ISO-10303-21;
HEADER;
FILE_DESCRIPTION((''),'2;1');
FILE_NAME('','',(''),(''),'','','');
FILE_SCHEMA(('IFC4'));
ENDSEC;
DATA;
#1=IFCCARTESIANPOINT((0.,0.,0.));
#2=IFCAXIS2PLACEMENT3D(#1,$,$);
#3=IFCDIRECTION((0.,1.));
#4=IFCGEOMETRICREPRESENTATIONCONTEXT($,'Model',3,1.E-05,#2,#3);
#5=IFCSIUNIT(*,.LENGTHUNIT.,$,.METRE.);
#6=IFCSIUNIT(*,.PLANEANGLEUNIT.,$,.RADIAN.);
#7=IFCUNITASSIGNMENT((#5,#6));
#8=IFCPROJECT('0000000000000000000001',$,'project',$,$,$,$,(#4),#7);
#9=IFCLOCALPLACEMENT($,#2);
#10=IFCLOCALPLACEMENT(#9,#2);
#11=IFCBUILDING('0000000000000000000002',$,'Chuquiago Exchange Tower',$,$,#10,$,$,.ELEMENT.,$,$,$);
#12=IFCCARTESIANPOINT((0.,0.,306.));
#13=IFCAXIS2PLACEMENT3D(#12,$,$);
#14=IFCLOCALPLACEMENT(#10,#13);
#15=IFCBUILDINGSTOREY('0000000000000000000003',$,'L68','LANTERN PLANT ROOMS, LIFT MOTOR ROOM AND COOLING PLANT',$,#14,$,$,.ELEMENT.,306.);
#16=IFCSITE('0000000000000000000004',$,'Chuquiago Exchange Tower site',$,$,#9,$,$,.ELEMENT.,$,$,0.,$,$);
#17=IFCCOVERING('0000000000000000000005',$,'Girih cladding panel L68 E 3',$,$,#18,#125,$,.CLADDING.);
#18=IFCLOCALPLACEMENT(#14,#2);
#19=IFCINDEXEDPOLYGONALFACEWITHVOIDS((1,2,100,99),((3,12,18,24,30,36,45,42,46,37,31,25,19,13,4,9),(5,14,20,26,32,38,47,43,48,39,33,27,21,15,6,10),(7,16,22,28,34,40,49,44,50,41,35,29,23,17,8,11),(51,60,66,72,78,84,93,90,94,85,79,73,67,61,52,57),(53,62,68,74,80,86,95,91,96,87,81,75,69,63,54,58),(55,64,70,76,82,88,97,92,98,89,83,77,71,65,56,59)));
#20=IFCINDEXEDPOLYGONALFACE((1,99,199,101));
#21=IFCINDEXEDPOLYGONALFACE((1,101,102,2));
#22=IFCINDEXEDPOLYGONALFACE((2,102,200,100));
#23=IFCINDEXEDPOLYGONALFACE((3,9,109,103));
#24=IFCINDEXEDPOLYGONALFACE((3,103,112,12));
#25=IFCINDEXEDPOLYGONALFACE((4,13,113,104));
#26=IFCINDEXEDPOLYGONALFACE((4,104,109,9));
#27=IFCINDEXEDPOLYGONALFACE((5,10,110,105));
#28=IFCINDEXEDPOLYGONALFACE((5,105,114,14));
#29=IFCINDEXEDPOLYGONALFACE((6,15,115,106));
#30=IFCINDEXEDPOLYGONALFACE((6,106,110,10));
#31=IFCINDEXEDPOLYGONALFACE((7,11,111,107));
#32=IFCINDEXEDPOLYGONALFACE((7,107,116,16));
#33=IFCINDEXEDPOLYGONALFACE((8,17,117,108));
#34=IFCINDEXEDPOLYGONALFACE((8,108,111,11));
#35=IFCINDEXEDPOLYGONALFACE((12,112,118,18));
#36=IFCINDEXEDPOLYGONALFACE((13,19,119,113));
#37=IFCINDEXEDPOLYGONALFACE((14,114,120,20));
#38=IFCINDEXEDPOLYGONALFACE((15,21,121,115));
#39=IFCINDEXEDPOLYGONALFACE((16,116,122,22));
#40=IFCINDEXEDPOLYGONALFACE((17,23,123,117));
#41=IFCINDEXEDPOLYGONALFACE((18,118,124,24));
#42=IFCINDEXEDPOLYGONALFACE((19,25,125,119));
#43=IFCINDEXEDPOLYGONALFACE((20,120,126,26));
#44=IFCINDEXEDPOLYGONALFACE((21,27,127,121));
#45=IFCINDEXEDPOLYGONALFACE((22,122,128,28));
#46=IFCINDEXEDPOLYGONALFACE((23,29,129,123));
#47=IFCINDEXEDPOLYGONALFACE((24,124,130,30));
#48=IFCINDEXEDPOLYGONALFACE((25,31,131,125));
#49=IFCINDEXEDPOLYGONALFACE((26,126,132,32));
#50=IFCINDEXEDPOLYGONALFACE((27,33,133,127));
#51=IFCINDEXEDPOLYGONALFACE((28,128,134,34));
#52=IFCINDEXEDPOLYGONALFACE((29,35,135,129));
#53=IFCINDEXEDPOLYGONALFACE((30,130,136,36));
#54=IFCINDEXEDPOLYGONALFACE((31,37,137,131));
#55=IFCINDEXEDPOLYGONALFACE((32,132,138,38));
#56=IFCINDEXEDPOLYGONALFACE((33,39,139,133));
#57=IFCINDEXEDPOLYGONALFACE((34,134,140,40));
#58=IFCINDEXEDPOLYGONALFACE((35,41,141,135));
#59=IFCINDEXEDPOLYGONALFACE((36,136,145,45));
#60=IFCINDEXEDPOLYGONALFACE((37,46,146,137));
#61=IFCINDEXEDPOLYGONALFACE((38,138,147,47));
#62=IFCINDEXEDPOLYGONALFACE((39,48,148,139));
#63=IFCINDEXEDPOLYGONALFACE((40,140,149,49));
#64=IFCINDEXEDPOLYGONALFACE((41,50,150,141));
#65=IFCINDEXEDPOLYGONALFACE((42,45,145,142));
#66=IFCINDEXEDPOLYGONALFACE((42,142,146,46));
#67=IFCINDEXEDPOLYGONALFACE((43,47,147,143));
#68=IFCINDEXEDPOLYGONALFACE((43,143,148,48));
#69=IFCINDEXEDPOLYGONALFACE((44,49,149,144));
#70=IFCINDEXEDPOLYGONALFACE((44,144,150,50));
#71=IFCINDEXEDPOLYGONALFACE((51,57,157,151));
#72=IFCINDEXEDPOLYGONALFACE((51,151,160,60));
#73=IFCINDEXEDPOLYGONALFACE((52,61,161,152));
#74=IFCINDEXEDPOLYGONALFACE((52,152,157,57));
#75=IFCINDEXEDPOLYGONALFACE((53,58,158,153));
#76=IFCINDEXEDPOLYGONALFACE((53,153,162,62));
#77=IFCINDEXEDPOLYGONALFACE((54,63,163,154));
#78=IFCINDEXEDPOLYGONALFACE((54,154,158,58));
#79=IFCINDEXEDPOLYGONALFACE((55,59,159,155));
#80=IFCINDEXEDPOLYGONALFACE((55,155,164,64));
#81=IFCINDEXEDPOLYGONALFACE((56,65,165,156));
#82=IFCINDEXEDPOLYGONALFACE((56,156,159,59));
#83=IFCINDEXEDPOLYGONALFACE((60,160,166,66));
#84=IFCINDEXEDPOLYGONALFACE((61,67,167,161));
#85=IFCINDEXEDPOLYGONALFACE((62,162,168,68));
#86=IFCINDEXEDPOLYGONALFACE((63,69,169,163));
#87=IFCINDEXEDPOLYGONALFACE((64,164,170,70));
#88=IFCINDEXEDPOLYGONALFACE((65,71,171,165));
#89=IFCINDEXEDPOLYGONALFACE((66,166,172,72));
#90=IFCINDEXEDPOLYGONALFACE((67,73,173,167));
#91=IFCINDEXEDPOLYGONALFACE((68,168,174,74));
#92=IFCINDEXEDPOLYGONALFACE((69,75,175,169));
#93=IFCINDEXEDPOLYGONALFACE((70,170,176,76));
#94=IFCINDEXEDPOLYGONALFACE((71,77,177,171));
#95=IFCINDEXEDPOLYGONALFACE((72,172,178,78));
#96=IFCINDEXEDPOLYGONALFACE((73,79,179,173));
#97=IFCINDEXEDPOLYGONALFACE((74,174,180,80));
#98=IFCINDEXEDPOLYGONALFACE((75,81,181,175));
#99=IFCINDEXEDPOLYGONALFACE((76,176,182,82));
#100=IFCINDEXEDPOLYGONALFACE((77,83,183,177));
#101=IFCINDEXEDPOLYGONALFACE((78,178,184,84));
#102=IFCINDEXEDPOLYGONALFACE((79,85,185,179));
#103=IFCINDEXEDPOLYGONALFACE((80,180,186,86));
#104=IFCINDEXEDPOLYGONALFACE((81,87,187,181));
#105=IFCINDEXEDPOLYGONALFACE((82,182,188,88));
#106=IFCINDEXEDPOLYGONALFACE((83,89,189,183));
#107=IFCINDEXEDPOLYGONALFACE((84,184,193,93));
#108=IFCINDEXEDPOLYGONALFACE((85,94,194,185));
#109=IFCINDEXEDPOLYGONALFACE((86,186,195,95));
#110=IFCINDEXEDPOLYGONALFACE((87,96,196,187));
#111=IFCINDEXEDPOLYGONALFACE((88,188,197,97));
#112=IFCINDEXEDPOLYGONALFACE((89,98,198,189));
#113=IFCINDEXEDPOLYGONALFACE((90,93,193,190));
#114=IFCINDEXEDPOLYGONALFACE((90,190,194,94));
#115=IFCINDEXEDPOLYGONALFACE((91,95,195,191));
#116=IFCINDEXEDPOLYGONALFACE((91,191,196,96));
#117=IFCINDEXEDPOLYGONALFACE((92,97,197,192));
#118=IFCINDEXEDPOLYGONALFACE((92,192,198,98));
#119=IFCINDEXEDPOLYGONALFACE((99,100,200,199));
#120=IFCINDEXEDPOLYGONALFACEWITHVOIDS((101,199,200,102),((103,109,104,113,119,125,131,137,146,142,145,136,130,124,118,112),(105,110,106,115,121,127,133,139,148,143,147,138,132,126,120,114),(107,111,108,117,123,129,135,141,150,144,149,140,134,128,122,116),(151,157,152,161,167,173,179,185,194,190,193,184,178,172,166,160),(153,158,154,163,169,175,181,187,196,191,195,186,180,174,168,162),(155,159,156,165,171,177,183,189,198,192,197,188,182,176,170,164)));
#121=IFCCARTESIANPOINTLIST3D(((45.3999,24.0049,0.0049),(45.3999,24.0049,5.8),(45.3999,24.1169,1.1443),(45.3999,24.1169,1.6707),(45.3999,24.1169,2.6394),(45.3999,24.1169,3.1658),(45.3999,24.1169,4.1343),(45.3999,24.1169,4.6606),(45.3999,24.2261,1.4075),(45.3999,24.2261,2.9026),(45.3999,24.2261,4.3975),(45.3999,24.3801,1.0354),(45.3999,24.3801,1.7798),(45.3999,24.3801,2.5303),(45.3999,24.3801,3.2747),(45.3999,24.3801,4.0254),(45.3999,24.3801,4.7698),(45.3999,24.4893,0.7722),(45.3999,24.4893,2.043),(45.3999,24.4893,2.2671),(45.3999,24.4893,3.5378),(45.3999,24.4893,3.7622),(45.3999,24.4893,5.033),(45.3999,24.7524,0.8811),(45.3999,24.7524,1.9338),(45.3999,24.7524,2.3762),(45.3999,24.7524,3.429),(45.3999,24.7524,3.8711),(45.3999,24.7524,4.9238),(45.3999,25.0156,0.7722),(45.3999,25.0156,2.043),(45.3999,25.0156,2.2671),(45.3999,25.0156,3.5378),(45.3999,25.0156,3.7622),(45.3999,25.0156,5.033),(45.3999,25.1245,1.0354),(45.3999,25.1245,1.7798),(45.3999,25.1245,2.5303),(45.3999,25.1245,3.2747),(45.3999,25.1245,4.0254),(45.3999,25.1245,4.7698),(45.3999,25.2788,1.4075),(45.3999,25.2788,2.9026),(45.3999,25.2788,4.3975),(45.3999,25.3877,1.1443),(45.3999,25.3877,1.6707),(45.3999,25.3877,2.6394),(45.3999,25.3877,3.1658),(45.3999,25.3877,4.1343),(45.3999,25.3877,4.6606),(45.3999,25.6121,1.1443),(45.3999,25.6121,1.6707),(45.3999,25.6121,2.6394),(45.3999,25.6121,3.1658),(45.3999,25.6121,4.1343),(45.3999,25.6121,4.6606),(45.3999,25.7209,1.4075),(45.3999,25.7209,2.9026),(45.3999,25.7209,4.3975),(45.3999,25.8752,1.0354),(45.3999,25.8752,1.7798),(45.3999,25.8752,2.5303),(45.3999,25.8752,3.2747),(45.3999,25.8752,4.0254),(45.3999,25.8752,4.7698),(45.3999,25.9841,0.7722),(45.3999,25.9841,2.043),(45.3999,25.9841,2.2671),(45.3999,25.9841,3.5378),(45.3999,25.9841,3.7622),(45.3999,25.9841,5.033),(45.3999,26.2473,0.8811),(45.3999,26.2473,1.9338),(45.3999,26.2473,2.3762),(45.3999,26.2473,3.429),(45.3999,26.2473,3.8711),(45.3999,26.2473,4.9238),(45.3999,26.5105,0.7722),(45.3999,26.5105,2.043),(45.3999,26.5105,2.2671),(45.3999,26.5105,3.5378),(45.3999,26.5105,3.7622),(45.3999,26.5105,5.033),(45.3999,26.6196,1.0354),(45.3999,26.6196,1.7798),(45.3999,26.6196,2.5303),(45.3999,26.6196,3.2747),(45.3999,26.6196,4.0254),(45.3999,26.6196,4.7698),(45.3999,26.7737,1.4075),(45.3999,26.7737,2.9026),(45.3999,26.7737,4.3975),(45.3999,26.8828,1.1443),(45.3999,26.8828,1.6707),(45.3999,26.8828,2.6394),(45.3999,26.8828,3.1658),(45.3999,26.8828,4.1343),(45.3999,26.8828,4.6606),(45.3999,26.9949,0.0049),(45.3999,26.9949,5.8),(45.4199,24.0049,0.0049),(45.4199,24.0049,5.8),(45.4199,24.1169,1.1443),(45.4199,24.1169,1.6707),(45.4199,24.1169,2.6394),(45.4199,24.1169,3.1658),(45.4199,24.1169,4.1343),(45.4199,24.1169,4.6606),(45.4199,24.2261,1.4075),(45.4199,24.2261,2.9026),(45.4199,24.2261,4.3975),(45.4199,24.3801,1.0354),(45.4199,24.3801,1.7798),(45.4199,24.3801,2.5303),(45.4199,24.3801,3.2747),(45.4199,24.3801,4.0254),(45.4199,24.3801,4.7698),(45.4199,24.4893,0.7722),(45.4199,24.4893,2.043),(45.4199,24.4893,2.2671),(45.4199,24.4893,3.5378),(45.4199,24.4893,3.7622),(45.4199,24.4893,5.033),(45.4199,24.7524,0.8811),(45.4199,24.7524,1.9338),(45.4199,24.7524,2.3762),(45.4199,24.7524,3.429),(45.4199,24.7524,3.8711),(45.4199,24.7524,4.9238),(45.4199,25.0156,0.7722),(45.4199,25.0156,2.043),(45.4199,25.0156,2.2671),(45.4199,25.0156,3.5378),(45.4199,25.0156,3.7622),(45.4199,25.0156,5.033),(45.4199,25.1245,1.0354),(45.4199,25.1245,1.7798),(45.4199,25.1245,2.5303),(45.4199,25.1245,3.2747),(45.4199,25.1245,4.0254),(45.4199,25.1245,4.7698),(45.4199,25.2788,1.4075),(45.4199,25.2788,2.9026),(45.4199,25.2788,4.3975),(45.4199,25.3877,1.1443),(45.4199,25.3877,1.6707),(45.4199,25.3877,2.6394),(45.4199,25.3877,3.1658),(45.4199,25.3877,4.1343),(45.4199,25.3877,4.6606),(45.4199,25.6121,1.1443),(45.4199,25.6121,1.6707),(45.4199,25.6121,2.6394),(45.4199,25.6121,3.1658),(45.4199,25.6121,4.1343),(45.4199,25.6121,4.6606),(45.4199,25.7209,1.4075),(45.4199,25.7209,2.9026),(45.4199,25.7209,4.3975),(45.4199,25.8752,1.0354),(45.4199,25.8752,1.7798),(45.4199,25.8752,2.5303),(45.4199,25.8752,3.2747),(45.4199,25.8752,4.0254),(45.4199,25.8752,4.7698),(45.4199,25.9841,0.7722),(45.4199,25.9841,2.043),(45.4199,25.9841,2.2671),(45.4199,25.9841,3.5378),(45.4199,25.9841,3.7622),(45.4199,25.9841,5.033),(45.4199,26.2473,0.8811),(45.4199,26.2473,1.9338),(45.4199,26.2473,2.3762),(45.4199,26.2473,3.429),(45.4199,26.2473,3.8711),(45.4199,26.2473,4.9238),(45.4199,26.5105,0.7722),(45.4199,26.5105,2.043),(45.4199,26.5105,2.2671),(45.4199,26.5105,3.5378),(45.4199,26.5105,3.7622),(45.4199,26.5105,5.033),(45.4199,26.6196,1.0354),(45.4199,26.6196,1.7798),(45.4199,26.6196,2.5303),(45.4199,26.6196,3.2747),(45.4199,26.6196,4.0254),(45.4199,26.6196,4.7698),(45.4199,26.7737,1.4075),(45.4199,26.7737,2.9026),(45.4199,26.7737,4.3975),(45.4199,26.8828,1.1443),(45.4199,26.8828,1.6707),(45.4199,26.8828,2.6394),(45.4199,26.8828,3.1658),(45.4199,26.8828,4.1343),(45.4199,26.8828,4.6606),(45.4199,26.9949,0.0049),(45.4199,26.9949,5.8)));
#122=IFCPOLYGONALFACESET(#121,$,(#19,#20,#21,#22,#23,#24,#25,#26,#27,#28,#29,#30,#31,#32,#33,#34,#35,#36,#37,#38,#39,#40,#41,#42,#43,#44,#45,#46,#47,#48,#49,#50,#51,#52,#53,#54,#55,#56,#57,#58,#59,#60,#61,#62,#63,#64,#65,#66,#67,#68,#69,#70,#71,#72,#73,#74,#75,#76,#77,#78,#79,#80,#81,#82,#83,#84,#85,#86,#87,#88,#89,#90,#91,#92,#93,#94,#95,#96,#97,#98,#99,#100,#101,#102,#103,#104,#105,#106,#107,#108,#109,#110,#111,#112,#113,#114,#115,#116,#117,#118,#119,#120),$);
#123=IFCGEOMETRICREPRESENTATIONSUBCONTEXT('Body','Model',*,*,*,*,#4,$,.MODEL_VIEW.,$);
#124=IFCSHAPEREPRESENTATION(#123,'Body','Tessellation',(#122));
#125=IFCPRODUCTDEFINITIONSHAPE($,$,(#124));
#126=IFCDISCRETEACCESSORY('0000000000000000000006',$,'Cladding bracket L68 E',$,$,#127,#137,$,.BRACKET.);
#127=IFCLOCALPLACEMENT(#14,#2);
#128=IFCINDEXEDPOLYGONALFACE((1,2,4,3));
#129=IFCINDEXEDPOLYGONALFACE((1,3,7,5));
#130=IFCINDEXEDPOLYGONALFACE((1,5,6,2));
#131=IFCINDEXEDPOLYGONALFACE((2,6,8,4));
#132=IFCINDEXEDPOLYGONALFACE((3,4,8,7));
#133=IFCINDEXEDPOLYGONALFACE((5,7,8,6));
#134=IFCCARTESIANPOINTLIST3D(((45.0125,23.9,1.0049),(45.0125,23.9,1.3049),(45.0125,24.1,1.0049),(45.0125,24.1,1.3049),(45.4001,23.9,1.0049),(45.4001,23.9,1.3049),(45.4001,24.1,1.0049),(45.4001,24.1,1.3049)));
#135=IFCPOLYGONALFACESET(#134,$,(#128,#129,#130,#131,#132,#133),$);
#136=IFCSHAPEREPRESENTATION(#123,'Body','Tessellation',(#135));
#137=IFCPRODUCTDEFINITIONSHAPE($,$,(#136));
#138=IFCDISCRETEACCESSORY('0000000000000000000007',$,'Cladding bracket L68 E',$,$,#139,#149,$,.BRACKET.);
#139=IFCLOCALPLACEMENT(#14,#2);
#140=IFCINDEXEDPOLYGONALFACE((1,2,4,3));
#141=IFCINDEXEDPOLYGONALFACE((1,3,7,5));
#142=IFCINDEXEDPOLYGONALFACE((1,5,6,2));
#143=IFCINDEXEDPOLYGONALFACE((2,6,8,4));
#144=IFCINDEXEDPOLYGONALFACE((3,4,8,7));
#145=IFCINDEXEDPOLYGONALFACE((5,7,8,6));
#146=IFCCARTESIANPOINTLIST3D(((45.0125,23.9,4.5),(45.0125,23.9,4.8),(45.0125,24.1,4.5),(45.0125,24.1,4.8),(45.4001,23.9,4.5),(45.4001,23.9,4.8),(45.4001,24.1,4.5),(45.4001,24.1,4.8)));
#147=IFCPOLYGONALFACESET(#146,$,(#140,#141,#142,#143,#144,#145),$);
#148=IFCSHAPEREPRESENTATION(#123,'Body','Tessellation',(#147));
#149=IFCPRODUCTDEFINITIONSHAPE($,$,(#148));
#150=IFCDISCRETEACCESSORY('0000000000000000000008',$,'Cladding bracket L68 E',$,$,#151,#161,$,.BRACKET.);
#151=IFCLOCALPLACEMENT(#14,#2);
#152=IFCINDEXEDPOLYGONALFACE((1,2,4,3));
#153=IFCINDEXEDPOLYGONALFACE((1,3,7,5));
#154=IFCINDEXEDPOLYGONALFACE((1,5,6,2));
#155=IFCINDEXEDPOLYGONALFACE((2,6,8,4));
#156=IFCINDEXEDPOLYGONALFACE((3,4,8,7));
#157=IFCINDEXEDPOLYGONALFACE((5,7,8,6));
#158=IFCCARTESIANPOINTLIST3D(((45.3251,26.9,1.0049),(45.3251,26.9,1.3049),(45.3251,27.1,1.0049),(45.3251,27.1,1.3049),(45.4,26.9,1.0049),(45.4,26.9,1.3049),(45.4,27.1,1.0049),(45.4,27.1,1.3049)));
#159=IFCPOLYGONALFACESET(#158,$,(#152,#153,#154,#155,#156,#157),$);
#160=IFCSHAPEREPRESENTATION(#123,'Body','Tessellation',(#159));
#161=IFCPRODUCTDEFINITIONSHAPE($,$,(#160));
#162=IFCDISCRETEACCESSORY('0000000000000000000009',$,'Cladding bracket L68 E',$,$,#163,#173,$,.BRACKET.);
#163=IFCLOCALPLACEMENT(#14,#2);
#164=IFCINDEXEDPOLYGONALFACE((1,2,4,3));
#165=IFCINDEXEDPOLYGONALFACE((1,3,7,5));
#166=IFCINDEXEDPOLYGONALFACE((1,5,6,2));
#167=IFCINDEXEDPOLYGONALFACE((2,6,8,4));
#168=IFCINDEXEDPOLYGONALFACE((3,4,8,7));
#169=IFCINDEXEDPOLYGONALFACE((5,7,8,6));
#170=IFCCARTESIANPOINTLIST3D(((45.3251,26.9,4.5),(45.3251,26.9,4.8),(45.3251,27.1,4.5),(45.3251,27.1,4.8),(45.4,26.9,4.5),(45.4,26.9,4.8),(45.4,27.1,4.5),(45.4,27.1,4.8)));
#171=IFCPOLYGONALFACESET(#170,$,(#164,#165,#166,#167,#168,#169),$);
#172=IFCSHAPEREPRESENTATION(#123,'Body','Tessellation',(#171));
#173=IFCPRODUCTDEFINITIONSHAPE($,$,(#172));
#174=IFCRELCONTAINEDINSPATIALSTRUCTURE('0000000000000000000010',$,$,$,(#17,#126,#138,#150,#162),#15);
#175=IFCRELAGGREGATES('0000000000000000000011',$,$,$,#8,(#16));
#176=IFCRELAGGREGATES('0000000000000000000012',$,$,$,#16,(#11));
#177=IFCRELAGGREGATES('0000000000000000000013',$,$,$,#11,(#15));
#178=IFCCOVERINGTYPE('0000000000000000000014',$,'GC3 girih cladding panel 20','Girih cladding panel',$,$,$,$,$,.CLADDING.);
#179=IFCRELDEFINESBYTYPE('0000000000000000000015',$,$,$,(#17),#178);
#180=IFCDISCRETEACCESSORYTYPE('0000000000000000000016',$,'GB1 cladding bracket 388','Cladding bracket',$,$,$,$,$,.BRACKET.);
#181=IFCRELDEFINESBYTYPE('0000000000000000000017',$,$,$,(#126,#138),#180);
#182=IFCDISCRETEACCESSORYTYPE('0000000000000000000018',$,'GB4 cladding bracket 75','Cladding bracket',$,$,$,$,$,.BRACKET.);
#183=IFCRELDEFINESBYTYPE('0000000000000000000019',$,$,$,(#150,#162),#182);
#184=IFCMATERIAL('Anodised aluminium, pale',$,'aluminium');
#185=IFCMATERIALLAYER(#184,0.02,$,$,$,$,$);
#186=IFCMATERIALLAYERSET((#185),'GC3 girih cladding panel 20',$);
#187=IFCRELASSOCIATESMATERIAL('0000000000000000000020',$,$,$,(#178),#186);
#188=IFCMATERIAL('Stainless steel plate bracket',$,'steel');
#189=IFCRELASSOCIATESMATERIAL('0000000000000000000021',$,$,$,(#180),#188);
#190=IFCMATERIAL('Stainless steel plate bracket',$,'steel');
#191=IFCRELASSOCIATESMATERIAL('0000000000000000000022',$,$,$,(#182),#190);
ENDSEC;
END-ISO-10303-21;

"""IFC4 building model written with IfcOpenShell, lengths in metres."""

from ifc_helpers import new_model, si_unit, direction, frame, origin, origin_2d, place, context, subcontext, project, spatial, polyline, rectangle, outline, extrude, material, layer, layer_set, type_object, element, save


model = new_model("IFC4")

# Units and contexts
model_context = context("Model", 3, precision=1e-05, world=origin(), true_north=direction((0.0, 1.0)))
body_context = subcontext(model_context, "Body", "Model", "MODEL_VIEW")
ifc_project = project(units=[si_unit("LENGTHUNIT", "METRE"), si_unit("PLANEANGLEUNIT", "RADIAN")], contexts=[model_context])

# Site, building, storey
site_placement = place(None, origin())
site = spatial("IfcSite", under=ifc_project, at=site_placement, Name="Chuquiago Exchange Tower site", CompositionType="ELEMENT", RefElevation=0.0)
building_placement = place(site_placement, origin())
building = spatial("IfcBuilding", under=site, at=building_placement, Name="Chuquiago Exchange Tower", CompositionType="ELEMENT")
storey_placement = place(building_placement, frame((0.0, 0.0, 306.0)))
storey = spatial("IfcBuildingStorey", under=building, at=storey_placement, Name="L68", Description="LANTERN PLANT ROOMS, LIFT MOTOR ROOM AND COOLING PLANT", CompositionType="ELEMENT", Elevation=306.0)

# Covering
ifc_material_1 = material(Name="Anodised aluminium, pale", Category="aluminium")
ifc_layer_1 = layer(ifc_material_1, 0.02)
ifc_layer_set_1 = layer_set([ifc_layer_1], Name="GC3 girih cladding panel 20")
covering_type_1 = type_object("IfcCoveringType", Name="GC3 girih cladding panel 20", Description="Girih cladding panel", PredefinedType="CLADDING", material=ifc_layer_set_1)
covering_1_placement = place(storey_placement, frame((45.3999, 24.0049, 0.0049), z_axis=(0.0, 0.0, 1.0), x_axis=(0.0, 1.0, 0.0)))
element("IfcCovering", 1, at=covering_1_placement, inside=storey, type_object=covering_type_1, Name="Girih cladding panel L68 E 3", PredefinedType="CLADDING", context=body_context, shape_type="SweptSolid", body=[
    extrude(outline(polyline([(0.0, 0.0), (2.99, 0.0), (2.99, 5.7952), (0.0, 5.7952), (0.0, 0.0)]), holes=[polyline([(1.2739, 1.4026), (1.3828, 1.6658), (1.1196, 1.7749), (1.0107, 2.0381), (0.7476, 1.929), (0.4844, 2.0381), (0.3752, 1.7749), (0.1121, 1.6658), (0.2212, 1.4026), (0.1121, 1.1394), (0.3752, 1.0305), (0.4844, 0.7673), (0.7476, 0.8762), (1.0107, 0.7673), (1.1196, 1.0305), (1.3828, 1.1394), (1.2739, 1.4026)]), polyline([(2.7688, 1.4026), (2.8779, 1.6658), (2.6147, 1.7749), (2.5056, 2.0381), (2.2424, 1.929), (1.9792, 2.0381), (1.8704, 1.7749), (1.6072, 1.6658), (1.7161, 1.4026), (1.6072, 1.1394), (1.8704, 1.0305), (1.9792, 0.7673), (2.2424, 0.8762), (2.5056, 0.7673), (2.6147, 1.0305), (2.8779, 1.1394), (2.7688, 1.4026)]), polyline([(1.2739, 2.8977), (1.3828, 3.1609), (1.1196, 3.2698), (1.0107, 3.533), (0.7476, 3.4241), (0.4844, 3.533), (0.3752, 3.2698), (0.1121, 3.1609), (0.2212, 2.8977), (0.1121, 2.6345), (0.3752, 2.5254), (0.4844, 2.2622), (0.7476, 2.3713), (1.0107, 2.2622), (1.1196, 2.5254), (1.3828, 2.6345), (1.2739, 2.8977)]), polyline([(2.7688, 2.8977), (2.8779, 3.1609), (2.6147, 3.2698), (2.5056, 3.533), (2.2424, 3.4241), (1.9792, 3.533), (1.8704, 3.2698), (1.6072, 3.1609), (1.7161, 2.8977), (1.6072, 2.6345), (1.8704, 2.5254), (1.9792, 2.2622), (2.2424, 2.3713), (2.5056, 2.2622), (2.6147, 2.5254), (2.8779, 2.6345), (2.7688, 2.8977)]), polyline([(1.2739, 4.3926), (1.3828, 4.6558), (1.1196, 4.7649), (1.0107, 5.0281), (0.7476, 4.9189), (0.4844, 5.0281), (0.3752, 4.7649), (0.1121, 4.6558), (0.2212, 4.3926), (0.1121, 4.1294), (0.3752, 4.0205), (0.4844, 3.7573), (0.7476, 3.8662), (1.0107, 3.7573), (1.1196, 4.0205), (1.3828, 4.1294), (1.2739, 4.3926)]), polyline([(2.7688, 4.3926), (2.8779, 4.6558), (2.6147, 4.7649), (2.5056, 5.0281), (2.2424, 4.9189), (1.9792, 5.0281), (1.8704, 4.7649), (1.6072, 4.6558), (1.7161, 4.3926), (1.6072, 4.1294), (1.8704, 4.0205), (1.9792, 3.7573), (2.2424, 3.8662), (2.5056, 3.7573), (2.6147, 4.0205), (2.8779, 4.1294), (2.7688, 4.3926)])]), frame((0.0, 0.0, 0.0), z_axis=(0.0, -1.0, 0.0), x_axis=(1.0, 0.0, 0.0)), (0.0, 0.0, 1.0), 0.02),
])

# Discrete accessories
ifc_material_2 = material(Name="Stainless steel plate bracket", Category="steel")
discrete_accessory_type_1 = type_object("IfcDiscreteAccessoryType", Name="GB1 cladding bracket 388", Description="Cladding bracket", PredefinedType="BRACKET", material=ifc_material_2)
for number, where, z_axis, x_axis, name in (
    (2, (45.2063, 24.0, 1.0049), (0.0, 0.0, 1.0), (0.0, 1.0, 0.0), "Cladding bracket L68 E"),
    (3, (45.2063, 24.0, 4.5), (0.0, 0.0, 1.0), (0.0, 1.0, 0.0), "Cladding bracket L68 E"),
):
    element("IfcDiscreteAccessory", number, at=place(storey_placement, frame(where, z_axis=z_axis, x_axis=x_axis)), inside=storey, type_object=discrete_accessory_type_1, Name=name, PredefinedType="BRACKET", context=body_context, shape_type="SweptSolid", body=[
        extrude(rectangle(XDim=0.2, YDim=0.3877, at=origin_2d()), origin(), (0.0, 0.0, 1.0), 0.3),
    ])
ifc_material_3 = material(Name="Stainless steel plate bracket", Category="steel")
discrete_accessory_type_2 = type_object("IfcDiscreteAccessoryType", Name="GB4 cladding bracket 75", Description="Cladding bracket", PredefinedType="BRACKET", material=ifc_material_3)
for number, where, z_axis, x_axis, name in (
    (4, (45.3625, 27.0, 1.0049), (0.0, 0.0, 1.0), (0.0, 1.0, 0.0), "Cladding bracket L68 E"),
    (5, (45.3625, 27.0, 4.5), (0.0, 0.0, 1.0), (0.0, 1.0, 0.0), "Cladding bracket L68 E"),
):
    element("IfcDiscreteAccessory", number, at=place(storey_placement, frame(where, z_axis=z_axis, x_axis=x_axis)), inside=storey, type_object=discrete_accessory_type_2, Name=name, PredefinedType="BRACKET", context=body_context, shape_type="SweptSolid", body=[
        extrude(rectangle(XDim=0.2, YDim=0.075, at=origin_2d()), origin(), (0.0, 0.0, 1.0), 0.3),
    ])

save(model, "model.ifc")
